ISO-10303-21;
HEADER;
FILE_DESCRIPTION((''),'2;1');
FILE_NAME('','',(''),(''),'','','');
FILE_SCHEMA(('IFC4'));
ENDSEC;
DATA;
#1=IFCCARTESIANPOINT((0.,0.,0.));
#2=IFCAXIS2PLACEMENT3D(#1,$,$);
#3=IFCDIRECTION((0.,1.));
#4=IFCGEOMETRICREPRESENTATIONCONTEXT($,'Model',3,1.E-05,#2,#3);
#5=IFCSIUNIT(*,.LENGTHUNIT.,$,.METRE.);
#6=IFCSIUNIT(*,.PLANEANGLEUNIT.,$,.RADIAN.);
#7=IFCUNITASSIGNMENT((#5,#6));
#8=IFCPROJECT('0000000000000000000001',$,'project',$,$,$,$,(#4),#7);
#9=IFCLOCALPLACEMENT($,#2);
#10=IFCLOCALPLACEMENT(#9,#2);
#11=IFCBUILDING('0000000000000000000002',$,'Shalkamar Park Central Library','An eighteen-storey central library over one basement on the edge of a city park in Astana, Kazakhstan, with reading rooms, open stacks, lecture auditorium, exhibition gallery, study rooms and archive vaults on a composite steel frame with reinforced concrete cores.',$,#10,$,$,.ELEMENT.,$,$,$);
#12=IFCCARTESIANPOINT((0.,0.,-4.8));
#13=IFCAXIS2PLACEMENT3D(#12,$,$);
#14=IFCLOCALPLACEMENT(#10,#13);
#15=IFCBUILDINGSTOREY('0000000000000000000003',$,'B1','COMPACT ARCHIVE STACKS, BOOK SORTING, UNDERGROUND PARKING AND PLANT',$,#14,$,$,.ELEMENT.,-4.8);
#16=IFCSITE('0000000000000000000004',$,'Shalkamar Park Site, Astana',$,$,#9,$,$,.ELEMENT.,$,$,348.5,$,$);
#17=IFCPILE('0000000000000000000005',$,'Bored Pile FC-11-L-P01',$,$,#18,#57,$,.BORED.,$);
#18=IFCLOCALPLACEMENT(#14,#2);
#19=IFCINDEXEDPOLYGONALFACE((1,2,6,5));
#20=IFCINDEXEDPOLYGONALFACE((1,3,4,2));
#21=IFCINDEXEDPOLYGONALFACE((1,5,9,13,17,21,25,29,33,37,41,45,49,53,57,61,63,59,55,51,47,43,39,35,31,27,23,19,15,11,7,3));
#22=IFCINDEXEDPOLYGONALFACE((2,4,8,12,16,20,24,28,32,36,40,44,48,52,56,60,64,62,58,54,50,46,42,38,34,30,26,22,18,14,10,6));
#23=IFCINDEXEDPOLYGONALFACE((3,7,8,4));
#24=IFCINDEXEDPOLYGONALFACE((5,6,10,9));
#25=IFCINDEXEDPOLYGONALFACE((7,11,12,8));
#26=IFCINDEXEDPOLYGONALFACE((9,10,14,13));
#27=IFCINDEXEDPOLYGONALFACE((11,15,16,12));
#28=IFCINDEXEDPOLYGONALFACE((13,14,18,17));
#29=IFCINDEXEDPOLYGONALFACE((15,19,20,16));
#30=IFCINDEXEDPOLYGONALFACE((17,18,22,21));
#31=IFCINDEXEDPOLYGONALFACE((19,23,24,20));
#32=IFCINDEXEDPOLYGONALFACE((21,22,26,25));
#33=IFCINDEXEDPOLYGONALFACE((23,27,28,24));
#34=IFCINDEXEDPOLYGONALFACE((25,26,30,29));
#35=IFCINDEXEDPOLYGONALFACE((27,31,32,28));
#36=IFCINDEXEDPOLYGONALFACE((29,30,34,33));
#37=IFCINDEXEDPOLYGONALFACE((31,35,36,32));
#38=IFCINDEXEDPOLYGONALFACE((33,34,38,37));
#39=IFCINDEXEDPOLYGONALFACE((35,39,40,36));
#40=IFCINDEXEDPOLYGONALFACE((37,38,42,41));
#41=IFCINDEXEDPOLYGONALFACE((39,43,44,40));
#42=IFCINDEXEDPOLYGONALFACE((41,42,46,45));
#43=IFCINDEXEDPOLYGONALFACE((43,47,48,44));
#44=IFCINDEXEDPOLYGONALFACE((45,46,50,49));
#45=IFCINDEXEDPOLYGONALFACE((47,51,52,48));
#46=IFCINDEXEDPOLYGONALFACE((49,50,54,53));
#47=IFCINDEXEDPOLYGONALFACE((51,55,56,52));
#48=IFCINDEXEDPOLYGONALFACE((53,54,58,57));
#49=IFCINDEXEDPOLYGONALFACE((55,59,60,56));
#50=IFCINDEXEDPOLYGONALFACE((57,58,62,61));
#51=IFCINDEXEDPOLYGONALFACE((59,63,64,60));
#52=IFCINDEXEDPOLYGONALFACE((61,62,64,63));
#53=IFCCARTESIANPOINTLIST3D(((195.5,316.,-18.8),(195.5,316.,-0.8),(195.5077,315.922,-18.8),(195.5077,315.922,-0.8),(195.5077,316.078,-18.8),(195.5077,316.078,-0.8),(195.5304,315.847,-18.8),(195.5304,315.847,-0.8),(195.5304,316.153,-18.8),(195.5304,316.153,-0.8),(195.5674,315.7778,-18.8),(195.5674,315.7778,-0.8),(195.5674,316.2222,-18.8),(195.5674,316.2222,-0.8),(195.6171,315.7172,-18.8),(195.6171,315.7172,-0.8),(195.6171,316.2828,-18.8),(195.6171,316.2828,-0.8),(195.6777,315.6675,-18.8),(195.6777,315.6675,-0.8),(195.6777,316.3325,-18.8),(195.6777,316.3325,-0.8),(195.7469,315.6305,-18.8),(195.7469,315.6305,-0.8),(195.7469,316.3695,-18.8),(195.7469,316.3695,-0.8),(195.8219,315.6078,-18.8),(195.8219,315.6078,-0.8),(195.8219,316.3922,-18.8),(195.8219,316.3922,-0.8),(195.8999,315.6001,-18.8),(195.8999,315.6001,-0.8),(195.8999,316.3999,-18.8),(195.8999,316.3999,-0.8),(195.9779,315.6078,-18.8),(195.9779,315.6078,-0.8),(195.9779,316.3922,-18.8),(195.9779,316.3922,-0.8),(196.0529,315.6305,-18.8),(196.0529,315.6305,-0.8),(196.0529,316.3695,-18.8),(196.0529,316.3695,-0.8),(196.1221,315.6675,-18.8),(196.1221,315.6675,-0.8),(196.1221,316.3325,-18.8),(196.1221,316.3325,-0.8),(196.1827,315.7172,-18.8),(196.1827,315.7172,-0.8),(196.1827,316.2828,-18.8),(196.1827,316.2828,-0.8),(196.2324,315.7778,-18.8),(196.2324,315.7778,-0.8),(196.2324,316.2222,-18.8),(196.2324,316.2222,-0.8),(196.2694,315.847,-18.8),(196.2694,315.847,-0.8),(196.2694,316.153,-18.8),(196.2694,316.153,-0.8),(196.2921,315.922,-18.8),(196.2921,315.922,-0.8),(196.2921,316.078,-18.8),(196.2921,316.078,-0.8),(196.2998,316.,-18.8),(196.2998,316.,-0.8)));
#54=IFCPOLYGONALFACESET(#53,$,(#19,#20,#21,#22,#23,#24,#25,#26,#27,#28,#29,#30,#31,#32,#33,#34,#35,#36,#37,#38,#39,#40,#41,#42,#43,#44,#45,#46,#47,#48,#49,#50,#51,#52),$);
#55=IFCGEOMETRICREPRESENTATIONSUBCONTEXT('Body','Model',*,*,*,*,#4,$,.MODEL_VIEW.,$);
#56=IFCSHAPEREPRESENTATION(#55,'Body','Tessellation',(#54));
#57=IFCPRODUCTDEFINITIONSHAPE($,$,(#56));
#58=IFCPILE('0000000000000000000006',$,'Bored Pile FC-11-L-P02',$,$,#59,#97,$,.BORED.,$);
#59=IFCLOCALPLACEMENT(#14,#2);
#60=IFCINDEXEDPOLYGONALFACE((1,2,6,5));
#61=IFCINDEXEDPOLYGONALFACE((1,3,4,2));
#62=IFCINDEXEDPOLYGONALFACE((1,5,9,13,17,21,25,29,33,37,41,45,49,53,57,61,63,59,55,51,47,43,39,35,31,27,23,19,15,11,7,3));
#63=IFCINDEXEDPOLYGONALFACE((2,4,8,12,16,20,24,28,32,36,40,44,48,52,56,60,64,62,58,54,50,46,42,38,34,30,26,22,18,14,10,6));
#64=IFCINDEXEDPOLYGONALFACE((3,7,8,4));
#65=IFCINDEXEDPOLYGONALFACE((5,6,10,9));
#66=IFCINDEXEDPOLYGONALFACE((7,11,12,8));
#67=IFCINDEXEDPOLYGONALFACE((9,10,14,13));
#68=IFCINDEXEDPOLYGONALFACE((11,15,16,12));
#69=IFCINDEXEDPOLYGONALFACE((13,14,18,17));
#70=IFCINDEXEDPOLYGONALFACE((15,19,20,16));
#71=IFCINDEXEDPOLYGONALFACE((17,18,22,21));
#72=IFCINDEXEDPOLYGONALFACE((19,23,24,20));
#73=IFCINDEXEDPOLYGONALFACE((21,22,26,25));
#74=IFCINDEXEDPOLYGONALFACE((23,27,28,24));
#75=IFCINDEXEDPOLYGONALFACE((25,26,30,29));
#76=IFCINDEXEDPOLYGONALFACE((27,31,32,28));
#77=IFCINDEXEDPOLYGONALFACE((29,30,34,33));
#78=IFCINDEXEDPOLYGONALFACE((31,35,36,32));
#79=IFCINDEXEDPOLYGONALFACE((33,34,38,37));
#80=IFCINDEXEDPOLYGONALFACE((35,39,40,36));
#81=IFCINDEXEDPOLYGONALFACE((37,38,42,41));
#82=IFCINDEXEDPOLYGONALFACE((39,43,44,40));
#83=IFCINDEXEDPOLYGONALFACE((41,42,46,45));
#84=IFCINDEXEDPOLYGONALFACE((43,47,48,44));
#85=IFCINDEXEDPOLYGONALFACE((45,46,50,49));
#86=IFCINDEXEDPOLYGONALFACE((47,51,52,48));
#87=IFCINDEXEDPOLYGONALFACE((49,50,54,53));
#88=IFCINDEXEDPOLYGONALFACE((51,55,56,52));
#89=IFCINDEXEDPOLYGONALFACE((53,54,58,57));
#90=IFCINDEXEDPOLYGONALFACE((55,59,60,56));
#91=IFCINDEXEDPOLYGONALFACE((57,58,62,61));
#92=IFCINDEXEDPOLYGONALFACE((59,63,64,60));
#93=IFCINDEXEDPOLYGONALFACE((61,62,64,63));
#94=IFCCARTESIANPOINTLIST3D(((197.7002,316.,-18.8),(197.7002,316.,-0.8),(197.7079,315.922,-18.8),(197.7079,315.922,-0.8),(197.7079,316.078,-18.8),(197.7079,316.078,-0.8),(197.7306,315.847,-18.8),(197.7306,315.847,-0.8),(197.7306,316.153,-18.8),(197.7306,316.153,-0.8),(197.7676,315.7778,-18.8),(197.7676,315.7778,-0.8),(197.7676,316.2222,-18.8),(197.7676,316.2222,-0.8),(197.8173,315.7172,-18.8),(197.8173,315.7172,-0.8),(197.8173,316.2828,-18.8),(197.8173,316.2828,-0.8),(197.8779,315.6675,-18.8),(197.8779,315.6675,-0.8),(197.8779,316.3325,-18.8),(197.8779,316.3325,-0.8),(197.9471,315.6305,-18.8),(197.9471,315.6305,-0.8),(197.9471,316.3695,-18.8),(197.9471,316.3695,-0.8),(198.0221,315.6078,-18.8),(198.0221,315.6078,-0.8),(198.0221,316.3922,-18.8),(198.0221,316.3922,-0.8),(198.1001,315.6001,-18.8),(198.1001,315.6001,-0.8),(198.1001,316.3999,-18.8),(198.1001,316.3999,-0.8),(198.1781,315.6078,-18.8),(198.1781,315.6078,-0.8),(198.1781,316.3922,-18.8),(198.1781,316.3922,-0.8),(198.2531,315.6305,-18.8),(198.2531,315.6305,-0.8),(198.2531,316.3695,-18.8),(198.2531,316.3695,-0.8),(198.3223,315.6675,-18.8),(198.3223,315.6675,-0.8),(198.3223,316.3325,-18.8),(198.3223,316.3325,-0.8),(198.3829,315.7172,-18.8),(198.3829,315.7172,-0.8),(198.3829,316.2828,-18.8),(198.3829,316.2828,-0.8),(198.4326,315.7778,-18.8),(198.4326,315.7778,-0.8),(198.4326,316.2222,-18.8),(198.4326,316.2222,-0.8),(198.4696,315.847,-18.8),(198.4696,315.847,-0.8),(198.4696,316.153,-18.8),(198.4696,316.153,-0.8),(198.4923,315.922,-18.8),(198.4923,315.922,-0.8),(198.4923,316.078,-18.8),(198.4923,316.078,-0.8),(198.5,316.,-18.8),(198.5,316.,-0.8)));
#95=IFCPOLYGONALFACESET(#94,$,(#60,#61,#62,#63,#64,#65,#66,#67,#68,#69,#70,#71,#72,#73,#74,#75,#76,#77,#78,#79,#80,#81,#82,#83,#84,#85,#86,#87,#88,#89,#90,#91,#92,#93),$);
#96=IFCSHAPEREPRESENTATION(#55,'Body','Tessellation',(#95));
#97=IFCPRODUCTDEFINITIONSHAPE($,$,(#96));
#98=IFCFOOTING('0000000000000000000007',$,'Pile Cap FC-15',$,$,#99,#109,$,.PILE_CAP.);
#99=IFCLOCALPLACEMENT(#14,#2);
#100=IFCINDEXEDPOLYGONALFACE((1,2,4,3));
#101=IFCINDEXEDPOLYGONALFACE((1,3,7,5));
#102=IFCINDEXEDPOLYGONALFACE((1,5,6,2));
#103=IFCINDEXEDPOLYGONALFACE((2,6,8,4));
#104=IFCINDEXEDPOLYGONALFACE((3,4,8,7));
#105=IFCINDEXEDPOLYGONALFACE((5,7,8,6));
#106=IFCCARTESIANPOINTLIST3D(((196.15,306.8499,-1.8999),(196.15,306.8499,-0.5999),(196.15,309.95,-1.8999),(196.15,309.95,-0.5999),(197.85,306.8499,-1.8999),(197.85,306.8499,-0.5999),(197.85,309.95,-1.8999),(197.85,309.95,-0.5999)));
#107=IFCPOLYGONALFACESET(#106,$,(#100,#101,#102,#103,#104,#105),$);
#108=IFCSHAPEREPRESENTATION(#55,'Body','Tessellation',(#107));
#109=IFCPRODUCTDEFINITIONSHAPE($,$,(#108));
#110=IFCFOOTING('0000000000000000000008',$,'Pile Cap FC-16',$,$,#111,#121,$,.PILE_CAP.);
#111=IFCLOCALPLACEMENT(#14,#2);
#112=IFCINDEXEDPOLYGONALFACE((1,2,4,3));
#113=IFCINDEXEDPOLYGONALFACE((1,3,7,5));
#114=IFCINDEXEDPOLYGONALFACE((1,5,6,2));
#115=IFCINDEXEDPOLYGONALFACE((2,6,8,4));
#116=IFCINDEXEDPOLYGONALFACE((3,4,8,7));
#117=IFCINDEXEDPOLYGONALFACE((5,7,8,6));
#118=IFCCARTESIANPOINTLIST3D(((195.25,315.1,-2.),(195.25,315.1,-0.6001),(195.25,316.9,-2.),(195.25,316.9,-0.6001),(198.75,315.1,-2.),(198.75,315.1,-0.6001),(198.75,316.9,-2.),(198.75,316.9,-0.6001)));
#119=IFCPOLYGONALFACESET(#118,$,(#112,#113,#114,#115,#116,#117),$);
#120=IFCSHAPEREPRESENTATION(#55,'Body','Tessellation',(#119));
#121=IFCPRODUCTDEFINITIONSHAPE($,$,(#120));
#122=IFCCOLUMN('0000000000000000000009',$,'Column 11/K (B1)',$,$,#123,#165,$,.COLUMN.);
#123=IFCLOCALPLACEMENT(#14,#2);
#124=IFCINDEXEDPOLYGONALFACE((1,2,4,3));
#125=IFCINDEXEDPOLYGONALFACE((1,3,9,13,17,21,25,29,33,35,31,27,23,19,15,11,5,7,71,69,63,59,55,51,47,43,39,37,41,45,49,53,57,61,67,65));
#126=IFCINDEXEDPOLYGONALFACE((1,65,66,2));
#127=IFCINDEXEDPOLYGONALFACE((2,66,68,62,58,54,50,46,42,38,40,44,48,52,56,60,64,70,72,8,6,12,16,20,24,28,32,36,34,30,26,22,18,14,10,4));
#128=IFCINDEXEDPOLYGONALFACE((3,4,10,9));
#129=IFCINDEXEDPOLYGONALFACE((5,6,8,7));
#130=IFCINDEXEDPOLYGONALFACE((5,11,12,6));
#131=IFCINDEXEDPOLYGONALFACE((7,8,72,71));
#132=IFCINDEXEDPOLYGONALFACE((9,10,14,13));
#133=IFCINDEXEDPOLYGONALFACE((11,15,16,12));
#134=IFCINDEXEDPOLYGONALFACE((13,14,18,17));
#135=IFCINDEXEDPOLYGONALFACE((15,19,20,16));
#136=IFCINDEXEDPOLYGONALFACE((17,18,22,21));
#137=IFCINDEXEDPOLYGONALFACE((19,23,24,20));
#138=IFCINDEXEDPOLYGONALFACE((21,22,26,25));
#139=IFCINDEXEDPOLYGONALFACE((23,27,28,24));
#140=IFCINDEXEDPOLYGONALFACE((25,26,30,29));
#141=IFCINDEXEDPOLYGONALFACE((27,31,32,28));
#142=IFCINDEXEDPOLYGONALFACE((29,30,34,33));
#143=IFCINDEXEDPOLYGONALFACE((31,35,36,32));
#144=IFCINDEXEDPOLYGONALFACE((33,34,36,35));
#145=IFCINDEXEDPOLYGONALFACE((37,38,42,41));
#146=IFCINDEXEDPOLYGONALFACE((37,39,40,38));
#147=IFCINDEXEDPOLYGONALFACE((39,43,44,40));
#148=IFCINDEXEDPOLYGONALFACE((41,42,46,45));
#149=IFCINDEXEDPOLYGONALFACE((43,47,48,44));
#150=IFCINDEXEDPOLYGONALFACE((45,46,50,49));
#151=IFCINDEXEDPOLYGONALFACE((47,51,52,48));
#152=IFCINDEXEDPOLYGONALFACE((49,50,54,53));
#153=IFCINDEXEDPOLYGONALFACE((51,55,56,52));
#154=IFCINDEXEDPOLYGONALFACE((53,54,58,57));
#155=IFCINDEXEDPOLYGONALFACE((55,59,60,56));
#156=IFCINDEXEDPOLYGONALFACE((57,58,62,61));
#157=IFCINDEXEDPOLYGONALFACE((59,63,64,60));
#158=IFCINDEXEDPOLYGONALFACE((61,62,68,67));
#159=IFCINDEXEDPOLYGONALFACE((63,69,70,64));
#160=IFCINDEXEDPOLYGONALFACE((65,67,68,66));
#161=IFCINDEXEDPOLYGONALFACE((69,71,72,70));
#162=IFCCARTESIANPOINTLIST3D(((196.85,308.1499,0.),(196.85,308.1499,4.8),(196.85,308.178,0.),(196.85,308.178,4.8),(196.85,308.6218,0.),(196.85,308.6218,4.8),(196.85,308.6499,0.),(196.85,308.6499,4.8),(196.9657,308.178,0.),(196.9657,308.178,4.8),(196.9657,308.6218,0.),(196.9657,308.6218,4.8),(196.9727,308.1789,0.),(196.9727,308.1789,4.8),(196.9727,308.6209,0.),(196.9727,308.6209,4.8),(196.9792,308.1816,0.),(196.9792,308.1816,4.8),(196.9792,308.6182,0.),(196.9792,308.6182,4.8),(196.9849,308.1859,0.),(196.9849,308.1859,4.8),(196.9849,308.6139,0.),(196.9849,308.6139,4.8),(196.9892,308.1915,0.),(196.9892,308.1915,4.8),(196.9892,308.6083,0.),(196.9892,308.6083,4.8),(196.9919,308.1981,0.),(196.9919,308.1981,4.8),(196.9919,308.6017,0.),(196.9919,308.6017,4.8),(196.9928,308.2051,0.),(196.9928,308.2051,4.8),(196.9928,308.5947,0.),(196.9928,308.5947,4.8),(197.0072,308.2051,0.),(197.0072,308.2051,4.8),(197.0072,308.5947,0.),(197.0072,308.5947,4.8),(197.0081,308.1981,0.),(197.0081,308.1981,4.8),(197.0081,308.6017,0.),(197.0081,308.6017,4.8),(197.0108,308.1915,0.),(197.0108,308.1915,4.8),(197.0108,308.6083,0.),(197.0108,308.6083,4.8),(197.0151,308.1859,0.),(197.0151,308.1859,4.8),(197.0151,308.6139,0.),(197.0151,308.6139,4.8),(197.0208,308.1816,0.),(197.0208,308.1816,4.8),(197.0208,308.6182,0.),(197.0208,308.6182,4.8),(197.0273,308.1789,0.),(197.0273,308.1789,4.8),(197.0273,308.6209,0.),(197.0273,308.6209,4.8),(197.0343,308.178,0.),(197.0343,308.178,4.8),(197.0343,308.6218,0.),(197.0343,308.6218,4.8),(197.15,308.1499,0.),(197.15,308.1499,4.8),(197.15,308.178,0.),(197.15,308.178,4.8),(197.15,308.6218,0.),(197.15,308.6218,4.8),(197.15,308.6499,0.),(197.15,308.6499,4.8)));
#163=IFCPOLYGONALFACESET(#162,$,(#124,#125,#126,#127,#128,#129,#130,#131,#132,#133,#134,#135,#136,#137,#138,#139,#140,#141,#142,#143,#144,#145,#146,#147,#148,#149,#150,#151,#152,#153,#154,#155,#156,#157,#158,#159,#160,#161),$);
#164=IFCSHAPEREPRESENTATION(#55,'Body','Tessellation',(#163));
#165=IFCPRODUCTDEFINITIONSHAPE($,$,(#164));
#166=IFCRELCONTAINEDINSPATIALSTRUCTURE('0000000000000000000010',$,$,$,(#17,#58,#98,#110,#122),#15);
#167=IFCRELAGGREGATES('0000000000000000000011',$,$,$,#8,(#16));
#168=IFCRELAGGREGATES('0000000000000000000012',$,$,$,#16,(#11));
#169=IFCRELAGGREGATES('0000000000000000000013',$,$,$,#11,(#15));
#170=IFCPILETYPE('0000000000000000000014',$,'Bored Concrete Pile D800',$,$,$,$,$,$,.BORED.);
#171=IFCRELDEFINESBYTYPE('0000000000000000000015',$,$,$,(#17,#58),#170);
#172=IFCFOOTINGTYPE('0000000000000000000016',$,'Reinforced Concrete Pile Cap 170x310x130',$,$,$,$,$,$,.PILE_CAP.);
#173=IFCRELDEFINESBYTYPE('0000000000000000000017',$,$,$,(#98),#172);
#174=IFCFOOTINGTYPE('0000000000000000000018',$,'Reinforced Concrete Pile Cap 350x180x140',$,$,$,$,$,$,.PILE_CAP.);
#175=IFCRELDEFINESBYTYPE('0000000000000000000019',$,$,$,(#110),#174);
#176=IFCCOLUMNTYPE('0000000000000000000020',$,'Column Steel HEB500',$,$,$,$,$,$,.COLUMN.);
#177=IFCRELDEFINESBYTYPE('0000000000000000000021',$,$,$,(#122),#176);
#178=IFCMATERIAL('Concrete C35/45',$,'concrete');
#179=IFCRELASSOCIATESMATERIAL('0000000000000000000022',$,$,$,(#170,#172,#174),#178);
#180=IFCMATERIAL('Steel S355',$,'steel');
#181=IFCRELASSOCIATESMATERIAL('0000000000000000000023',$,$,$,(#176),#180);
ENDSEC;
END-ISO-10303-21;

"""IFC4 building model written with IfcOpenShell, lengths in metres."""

from ifc_helpers import new_model, si_unit, direction, frame, origin, origin_2d, place, context, subcontext, project, spatial, rectangle, circle, i_section, extrude, material, material_profile, profile_set, type_object, element, save


model = new_model("IFC4")

# Units and contexts
model_context = context("Model", 3, precision=1e-05, world=origin(), true_north=direction((0.0, 1.0)))
body_context = subcontext(model_context, "Body", "Model", "MODEL_VIEW")
ifc_project = project(units=[si_unit("LENGTHUNIT", "METRE"), si_unit("PLANEANGLEUNIT", "RADIAN")], contexts=[model_context])

# Site, building, storey
site_placement = place(None, origin())
site = spatial("IfcSite", under=ifc_project, at=site_placement, Name="Shalkamar Park Site, Astana", CompositionType="ELEMENT", RefElevation=348.5)
building_placement = place(site_placement, origin())
building = spatial("IfcBuilding", under=site, at=building_placement, Name="Shalkamar Park Central Library", Description="An eighteen-storey central library over one basement on the edge of a city park in Astana, Kazakhstan, with reading rooms, open stacks, lecture auditorium, exhibition gallery, study rooms and archive vaults on a composite steel frame with reinforced concrete cores.", CompositionType="ELEMENT")
storey_placement = place(building_placement, frame((0.0, 0.0, -4.8)))
storey = spatial("IfcBuildingStorey", under=building, at=storey_placement, Name="B1", Description="COMPACT ARCHIVE STACKS, BOOK SORTING, UNDERGROUND PARKING AND PLANT", CompositionType="ELEMENT", Elevation=-4.8)

# Piles
ifc_material_1 = material(Name="Concrete C35/45", Category="concrete")
ifc_material_profile_1 = material_profile(ifc_material_1, circle(Radius=0.3999, at=origin_2d()), Name="PILE D800")
ifc_profile_set_1 = profile_set([ifc_material_profile_1], Name="Concrete C35/45")
pile_type_1 = type_object("IfcPileType", Name="Bored Concrete Pile D800", PredefinedType="BORED", material=ifc_profile_set_1)
for number, where, z_axis, x_axis, name in (
    (1, (195.8999, 316.0, -0.8), (0.0, 0.0, -1.0), (1.0, 0.0, 0.0), "Bored Pile FC-11-L-P01"),
    (2, (198.1001, 316.0, -0.8), (0.0, 0.0, -1.0), (1.0, 0.0, 0.0), "Bored Pile FC-11-L-P02"),
):
    element("IfcPile", number, at=place(storey_placement, frame(where, z_axis=z_axis, x_axis=x_axis)), inside=storey, type_object=pile_type_1, Name=name, PredefinedType="BORED", context=body_context, shape_type="SweptSolid", body=[
        extrude(circle(Radius=0.3999, at=origin_2d()), origin(), (0.0, 0.0, 1.0), 18.0),
    ])

# Footings
footing_type_1 = type_object("IfcFootingType", Name="Reinforced Concrete Pile Cap 170x310x130", PredefinedType="PILE_CAP", material=ifc_material_1)
footing_1_placement = place(storey_placement, frame((197.0, 308.3999, -1.8999), z_axis=(0.0, 0.0, 1.0), x_axis=(1.0, 0.0, 0.0)))
element("IfcFooting", 3, at=footing_1_placement, inside=storey, type_object=footing_type_1, Name="Pile Cap FC-15", PredefinedType="PILE_CAP", context=body_context, shape_type="SweptSolid", body=[
    extrude(rectangle(XDim=1.7, YDim=3.1001, at=origin_2d()), origin(), (0.0, 0.0, 1.0), 1.3),
])
footing_type_2 = type_object("IfcFootingType", Name="Reinforced Concrete Pile Cap 350x180x140", PredefinedType="PILE_CAP", material=ifc_material_1)
footing_2_placement = place(storey_placement, frame((197.0, 316.0, -2.0), z_axis=(0.0, 0.0, 1.0), x_axis=(1.0, 0.0, 0.0)))
element("IfcFooting", 4, at=footing_2_placement, inside=storey, type_object=footing_type_2, Name="Pile Cap FC-16", PredefinedType="PILE_CAP", context=body_context, shape_type="SweptSolid", body=[
    extrude(rectangle(XDim=3.5, YDim=1.8, at=origin_2d()), origin(), (0.0, 0.0, 1.0), 1.3999),
])

# Column
ifc_material_2 = material(Name="Steel S355", Category="steel")
ifc_material_profile_2 = material_profile(ifc_material_2, i_section(OverallWidth=0.3, OverallDepth=0.5, WebThickness=0.0144, FlangeThickness=0.0281, FilletRadius=0.0271, at=origin_2d()), Name="HEB 500")
ifc_profile_set_2 = profile_set([ifc_material_profile_2], Name="Steel S355")
column_type = type_object("IfcColumnType", Name="Column Steel HEB500", PredefinedType="COLUMN", material=ifc_profile_set_2)
for number, where, z_axis, x_axis, name in (
    (5, (197.0, 308.3999, 0.0), (0.0, 0.0, 1.0), (1.0, 0.0, 0.0), "Column 11/K (B1)"),
):
    element("IfcColumn", number, at=place(storey_placement, frame(where, z_axis=z_axis, x_axis=x_axis)), inside=storey, type_object=column_type, Name=name, PredefinedType="COLUMN", context=body_context, shape_type="SweptSolid", body=[
        extrude(i_section(OverallWidth=0.3, OverallDepth=0.5, WebThickness=0.0144, FlangeThickness=0.0281, FilletRadius=0.0271, at=origin_2d()), origin(), (0.0, 0.0, 1.0), 4.8),
    ])

save(model, "model.ifc")
